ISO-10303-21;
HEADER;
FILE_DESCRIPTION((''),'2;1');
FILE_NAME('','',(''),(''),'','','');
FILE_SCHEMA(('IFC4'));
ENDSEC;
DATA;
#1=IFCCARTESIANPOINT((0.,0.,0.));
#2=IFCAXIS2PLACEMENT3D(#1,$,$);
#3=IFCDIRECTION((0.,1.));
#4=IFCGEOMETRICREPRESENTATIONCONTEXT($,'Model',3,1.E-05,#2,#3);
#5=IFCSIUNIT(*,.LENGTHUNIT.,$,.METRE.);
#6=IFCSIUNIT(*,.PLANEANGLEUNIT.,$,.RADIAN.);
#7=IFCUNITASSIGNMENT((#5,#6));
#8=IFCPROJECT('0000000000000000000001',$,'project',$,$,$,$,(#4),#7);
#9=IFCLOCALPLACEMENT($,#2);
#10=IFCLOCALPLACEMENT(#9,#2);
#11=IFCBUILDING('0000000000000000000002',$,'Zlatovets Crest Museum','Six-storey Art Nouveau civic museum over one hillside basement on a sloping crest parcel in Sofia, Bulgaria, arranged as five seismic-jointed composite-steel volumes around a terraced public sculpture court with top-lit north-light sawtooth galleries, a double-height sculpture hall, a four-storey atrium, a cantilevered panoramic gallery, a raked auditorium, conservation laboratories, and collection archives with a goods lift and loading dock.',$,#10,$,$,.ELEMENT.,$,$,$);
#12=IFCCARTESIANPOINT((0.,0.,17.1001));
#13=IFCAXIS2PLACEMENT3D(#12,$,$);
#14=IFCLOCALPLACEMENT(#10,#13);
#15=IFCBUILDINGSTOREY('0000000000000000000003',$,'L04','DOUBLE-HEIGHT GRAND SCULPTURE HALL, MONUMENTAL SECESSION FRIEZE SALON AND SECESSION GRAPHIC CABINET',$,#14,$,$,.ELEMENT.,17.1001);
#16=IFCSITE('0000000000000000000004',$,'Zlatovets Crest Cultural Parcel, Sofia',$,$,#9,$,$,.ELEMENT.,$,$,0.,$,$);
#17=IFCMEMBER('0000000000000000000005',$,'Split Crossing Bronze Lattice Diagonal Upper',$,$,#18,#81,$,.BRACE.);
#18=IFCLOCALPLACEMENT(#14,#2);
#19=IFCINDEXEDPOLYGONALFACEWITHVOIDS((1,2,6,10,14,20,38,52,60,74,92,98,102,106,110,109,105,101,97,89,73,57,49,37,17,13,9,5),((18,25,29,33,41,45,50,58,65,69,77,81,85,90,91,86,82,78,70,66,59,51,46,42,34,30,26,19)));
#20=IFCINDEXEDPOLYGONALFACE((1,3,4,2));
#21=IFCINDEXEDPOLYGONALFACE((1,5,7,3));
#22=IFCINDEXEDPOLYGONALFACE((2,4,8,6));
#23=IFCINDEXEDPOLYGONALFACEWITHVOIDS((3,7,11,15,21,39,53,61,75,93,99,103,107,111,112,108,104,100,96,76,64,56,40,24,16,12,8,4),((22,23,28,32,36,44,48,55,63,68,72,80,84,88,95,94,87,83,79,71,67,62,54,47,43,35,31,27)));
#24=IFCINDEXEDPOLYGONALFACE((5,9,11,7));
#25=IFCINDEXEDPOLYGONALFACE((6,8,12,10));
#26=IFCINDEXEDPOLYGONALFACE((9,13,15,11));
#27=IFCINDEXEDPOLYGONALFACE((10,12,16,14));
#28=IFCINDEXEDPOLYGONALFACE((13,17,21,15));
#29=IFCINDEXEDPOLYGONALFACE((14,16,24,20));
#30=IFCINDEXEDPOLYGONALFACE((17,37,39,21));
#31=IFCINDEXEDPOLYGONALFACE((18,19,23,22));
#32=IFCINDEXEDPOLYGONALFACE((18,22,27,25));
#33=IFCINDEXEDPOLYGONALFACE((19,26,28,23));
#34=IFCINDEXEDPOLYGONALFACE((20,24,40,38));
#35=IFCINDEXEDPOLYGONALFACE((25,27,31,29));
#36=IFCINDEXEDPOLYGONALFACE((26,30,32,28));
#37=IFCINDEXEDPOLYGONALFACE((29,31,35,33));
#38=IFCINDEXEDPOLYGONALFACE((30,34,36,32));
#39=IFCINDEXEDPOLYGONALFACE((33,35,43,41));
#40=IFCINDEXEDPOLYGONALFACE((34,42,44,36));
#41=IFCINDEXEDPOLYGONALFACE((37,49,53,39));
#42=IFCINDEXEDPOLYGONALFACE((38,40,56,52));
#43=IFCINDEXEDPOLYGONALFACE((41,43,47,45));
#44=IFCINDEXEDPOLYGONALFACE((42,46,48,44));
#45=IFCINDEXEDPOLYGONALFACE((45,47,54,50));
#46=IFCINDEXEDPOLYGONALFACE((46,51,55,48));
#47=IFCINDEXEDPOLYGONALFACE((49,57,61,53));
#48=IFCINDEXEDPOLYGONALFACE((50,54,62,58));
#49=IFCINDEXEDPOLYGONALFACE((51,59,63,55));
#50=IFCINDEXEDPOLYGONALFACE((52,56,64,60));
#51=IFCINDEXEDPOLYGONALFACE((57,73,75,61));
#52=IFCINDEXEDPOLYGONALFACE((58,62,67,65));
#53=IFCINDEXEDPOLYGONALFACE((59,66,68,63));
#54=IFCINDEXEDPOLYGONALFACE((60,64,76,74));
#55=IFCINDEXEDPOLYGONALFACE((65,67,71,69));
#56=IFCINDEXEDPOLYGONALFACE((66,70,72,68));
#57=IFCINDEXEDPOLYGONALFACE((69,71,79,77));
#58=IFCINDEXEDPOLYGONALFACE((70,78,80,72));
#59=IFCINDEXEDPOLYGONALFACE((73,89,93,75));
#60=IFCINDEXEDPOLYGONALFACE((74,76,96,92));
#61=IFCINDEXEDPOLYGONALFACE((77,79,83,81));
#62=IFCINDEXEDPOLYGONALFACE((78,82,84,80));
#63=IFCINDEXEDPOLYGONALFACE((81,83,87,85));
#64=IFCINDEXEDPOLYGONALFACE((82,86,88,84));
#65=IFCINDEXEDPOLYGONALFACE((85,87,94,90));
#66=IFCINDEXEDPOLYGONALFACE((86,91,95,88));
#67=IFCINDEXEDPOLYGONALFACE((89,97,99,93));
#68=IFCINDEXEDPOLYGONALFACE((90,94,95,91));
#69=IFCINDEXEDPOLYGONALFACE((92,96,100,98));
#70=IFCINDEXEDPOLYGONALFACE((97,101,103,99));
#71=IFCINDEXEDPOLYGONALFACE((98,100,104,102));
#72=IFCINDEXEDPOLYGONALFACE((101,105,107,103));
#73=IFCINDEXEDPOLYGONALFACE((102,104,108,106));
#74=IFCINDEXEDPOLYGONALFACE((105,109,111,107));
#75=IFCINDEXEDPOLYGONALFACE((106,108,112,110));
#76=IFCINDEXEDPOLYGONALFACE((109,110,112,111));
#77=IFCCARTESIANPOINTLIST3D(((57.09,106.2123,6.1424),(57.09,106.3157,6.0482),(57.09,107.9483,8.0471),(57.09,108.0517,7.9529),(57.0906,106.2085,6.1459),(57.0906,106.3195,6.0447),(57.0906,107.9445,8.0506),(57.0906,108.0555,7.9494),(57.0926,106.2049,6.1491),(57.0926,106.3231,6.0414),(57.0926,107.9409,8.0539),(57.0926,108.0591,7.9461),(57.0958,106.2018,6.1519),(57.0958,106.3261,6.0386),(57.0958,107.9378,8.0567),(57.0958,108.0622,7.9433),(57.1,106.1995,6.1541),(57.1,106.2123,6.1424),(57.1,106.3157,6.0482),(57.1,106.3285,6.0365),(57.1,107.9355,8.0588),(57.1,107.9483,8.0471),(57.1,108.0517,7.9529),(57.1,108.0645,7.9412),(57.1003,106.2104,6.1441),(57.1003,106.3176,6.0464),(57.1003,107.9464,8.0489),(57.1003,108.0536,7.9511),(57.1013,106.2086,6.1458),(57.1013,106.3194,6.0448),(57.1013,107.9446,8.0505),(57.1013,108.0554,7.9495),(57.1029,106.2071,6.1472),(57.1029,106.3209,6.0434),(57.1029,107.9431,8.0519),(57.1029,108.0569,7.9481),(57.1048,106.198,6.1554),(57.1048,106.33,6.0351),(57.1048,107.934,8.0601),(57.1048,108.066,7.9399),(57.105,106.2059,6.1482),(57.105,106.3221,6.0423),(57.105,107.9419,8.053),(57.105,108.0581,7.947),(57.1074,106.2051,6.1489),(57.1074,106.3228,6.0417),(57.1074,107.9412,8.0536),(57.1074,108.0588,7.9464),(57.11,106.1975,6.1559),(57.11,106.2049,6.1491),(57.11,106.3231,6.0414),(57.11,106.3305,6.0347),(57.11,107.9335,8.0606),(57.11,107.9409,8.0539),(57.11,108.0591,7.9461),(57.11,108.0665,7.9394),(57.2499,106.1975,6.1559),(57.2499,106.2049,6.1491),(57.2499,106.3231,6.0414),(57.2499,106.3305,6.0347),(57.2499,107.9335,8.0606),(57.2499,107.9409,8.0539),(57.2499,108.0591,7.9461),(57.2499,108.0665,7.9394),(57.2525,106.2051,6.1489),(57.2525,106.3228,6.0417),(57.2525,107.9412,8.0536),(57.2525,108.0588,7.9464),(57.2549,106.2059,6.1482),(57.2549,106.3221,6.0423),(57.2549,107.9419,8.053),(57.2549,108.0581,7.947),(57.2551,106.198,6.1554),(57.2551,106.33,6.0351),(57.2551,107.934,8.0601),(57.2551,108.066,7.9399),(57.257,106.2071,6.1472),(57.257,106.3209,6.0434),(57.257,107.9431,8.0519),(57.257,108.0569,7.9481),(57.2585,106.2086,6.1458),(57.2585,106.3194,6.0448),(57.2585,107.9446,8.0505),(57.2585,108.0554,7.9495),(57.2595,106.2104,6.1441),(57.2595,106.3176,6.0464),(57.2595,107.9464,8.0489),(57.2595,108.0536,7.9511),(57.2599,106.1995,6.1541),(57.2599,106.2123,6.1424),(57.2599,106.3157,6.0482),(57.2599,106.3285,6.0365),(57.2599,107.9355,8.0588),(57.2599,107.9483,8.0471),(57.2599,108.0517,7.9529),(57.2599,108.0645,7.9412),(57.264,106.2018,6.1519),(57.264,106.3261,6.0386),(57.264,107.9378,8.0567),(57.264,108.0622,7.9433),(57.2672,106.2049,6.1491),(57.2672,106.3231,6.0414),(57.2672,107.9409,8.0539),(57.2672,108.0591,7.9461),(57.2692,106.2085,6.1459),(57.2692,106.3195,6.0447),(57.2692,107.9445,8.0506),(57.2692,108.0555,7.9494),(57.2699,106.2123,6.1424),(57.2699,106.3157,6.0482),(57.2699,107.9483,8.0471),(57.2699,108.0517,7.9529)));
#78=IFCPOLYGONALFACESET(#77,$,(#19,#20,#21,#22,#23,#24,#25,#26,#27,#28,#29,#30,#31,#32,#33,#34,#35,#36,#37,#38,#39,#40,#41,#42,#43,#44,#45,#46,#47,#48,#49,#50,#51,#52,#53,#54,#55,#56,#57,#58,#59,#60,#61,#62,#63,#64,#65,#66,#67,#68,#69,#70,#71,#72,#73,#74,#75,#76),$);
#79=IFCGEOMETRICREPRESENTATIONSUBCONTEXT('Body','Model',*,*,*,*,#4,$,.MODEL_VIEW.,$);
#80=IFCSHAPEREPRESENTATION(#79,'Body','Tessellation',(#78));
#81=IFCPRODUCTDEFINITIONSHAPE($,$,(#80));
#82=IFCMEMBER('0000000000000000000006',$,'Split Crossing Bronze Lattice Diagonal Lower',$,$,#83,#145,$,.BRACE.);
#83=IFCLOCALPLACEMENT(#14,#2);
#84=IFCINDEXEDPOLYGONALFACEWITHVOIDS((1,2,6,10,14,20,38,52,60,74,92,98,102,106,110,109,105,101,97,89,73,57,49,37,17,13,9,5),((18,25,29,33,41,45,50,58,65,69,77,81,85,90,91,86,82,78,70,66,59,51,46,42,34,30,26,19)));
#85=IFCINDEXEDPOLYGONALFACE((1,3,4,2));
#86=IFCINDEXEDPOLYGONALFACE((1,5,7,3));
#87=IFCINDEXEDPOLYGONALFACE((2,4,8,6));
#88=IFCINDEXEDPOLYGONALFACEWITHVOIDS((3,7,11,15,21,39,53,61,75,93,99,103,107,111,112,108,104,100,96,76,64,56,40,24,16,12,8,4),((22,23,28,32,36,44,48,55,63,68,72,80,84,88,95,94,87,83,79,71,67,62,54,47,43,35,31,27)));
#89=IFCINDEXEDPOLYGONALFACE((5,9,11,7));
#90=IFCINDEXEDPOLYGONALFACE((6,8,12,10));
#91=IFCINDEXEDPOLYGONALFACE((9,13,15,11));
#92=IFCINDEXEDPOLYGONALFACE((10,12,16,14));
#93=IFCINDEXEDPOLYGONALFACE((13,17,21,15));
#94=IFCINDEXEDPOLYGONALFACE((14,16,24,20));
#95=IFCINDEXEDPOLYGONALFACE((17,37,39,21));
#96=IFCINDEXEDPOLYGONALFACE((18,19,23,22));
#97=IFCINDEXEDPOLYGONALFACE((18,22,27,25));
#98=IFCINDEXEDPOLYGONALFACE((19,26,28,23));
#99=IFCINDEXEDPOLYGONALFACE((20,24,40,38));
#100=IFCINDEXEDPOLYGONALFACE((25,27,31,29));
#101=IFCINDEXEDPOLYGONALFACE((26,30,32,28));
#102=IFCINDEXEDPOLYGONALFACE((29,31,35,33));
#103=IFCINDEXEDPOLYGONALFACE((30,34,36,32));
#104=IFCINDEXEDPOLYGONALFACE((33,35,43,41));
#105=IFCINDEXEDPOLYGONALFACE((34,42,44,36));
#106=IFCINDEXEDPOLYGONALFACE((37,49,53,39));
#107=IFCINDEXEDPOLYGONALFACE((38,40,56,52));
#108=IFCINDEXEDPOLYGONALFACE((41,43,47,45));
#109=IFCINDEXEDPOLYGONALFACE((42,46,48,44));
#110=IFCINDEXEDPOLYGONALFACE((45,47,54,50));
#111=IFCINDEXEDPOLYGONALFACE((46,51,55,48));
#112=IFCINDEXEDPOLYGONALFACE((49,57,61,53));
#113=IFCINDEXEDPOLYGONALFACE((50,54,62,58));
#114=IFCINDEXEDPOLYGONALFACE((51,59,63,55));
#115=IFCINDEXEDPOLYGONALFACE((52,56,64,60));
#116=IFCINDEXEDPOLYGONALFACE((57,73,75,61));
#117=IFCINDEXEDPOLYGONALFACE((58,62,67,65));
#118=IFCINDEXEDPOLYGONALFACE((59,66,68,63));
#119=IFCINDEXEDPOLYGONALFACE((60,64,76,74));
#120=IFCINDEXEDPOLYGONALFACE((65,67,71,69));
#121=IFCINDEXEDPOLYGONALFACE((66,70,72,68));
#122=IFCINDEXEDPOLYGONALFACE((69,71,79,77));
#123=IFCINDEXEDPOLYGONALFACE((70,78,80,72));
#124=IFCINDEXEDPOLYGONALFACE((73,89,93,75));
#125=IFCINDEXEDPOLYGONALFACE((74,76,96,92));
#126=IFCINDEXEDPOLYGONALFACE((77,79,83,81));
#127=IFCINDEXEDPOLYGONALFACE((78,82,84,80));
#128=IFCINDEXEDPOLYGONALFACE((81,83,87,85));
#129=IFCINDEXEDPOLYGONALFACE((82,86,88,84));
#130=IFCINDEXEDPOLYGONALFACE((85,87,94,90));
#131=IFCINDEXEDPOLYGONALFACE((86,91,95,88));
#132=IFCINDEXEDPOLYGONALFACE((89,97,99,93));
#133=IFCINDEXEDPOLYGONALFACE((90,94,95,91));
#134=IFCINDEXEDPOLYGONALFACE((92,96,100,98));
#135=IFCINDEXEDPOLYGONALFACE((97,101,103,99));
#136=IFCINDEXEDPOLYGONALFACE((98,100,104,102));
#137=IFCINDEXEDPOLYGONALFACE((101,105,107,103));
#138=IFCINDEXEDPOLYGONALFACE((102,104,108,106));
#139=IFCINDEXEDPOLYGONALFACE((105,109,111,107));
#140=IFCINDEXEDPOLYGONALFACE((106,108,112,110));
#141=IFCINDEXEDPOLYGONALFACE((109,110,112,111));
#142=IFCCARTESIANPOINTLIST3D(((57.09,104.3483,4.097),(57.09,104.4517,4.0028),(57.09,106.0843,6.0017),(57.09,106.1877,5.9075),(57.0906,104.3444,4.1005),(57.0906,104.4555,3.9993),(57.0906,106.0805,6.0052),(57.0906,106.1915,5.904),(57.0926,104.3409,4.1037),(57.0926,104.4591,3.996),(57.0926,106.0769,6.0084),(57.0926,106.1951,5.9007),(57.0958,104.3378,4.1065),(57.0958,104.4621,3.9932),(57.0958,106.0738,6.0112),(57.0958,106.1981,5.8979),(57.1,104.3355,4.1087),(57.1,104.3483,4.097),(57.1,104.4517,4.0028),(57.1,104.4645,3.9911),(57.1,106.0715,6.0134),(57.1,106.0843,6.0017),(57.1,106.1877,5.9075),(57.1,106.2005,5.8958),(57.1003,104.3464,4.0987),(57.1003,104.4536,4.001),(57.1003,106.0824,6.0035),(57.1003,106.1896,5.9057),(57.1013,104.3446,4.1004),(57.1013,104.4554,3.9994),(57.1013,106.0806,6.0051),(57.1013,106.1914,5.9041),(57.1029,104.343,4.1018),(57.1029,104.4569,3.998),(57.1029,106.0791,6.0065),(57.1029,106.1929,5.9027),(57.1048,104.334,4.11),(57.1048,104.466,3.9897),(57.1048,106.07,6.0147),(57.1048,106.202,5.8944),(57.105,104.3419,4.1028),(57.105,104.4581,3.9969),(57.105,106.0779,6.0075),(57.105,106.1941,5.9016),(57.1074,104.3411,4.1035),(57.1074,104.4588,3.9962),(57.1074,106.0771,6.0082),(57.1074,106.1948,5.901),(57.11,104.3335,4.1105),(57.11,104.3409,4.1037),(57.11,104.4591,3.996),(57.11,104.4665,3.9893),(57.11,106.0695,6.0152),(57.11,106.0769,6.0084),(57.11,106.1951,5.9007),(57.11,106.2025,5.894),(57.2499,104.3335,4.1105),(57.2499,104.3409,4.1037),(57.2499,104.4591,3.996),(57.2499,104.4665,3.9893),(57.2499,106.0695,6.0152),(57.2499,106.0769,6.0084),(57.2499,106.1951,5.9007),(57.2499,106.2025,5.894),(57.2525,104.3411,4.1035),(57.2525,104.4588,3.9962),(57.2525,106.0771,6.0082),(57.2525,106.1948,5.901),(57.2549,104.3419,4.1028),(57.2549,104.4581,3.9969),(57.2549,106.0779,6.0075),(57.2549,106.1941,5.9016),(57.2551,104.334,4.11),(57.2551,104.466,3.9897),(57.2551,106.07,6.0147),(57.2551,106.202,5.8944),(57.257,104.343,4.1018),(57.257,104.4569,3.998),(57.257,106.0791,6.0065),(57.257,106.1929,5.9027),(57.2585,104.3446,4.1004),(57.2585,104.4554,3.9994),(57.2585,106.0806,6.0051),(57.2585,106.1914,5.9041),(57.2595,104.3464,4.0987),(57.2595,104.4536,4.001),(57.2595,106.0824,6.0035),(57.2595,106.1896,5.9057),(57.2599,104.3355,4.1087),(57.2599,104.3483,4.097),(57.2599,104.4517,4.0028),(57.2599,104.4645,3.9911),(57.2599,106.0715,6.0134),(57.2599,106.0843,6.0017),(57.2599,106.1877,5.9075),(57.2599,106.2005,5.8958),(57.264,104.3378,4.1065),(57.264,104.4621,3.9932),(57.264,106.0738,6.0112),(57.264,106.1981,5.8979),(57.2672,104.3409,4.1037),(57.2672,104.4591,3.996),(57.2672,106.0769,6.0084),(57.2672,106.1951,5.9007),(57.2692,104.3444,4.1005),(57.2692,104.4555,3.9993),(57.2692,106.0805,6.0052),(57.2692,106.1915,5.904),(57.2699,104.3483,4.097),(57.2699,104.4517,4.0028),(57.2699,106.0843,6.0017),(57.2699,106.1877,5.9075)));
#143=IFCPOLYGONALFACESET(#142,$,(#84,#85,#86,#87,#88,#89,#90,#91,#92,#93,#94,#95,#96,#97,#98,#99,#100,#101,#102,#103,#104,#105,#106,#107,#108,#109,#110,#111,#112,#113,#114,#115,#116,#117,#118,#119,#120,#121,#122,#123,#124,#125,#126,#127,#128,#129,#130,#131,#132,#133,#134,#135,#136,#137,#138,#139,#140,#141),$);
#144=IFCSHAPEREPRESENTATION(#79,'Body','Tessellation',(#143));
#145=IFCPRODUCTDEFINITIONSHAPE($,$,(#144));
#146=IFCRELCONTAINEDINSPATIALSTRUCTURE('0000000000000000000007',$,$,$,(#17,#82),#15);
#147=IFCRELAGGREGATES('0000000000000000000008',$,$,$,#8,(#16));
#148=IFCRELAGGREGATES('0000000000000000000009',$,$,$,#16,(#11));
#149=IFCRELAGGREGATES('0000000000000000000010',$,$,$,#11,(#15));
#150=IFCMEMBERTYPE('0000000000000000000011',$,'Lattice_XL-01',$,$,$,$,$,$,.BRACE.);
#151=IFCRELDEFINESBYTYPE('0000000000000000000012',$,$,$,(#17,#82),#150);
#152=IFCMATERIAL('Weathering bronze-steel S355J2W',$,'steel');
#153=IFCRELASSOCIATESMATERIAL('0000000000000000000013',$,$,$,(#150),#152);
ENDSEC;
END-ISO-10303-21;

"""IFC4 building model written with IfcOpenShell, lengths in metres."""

from ifc_helpers import new_model, si_unit, direction, frame, origin, origin_2d, place, context, subcontext, project, spatial, hollow_rectangle, extrude, material, material_profile, profile_set, type_object, element, save


model = new_model("IFC4")

# Units and contexts
model_context = context("Model", 3, precision=1e-05, world=origin(), true_north=direction((0.0, 1.0)))
body_context = subcontext(model_context, "Body", "Model", "MODEL_VIEW")
ifc_project = project(units=[si_unit("LENGTHUNIT", "METRE"), si_unit("PLANEANGLEUNIT", "RADIAN")], contexts=[model_context])

# Site, building, storey
site_placement = place(None, origin())
site = spatial("IfcSite", under=ifc_project, at=site_placement, Name="Zlatovets Crest Cultural Parcel, Sofia", CompositionType="ELEMENT", RefElevation=0.0)
building_placement = place(site_placement, origin())
building = spatial("IfcBuilding", under=site, at=building_placement, Name="Zlatovets Crest Museum", Description="Six-storey Art Nouveau civic museum over one hillside basement on a sloping crest parcel in Sofia, Bulgaria, arranged as five seismic-jointed composite-steel volumes around a terraced public sculpture court with top-lit north-light sawtooth galleries, a double-height sculpture hall, a four-storey atrium, a cantilevered panoramic gallery, a raked auditorium, conservation laboratories, and collection archives with a goods lift and loading dock.", CompositionType="ELEMENT")
storey_placement = place(building_placement, frame((0.0, 0.0, 17.1001)))
storey = spatial("IfcBuildingStorey", under=building, at=storey_placement, Name="L04", Description="DOUBLE-HEIGHT GRAND SCULPTURE HALL, MONUMENTAL SECESSION FRIEZE SALON AND SECESSION GRAPHIC CABINET", CompositionType="ELEMENT", Elevation=17.1001)

# Members
ifc_material_1 = material(Name="Weathering bronze-steel S355J2W", Category="steel")
ifc_material_profile_1 = material_profile(ifc_material_1, hollow_rectangle(XDim=0.1799, YDim=0.1799, WallThickness=0.01, InnerFilletRadius=0.01, OuterFilletRadius=0.02, at=origin_2d()), Name="SHS 180x180x10.0")
ifc_profile_set_1 = profile_set([ifc_material_profile_1], Name="Weathering bronze-steel S355J2W")
member_type_1 = type_object("IfcMemberType", Name="Lattice_XL-01", PredefinedType="BRACE", material=ifc_profile_set_1)
for number, where, z_axis, x_axis, name in (
    (1, (57.1799, 108.0, 8.0), (0.0, -0.67362, -0.739078), (1.0, 0.0, 0.0), "Split Crossing Bronze Lattice Diagonal Upper"),
    (2, (57.1799, 106.136, 5.9546), (0.0, -0.67362, -0.739078), (1.0, 0.0, 0.0), "Split Crossing Bronze Lattice Diagonal Lower"),
):
    element("IfcMember", number, at=place(storey_placement, frame(where, z_axis=z_axis, x_axis=x_axis)), inside=storey, type_object=member_type_1, Name=name, PredefinedType="BRACE", context=body_context, shape_type="SweptSolid", body=[
        extrude(hollow_rectangle(XDim=0.1799, YDim=0.1799, WallThickness=0.01, InnerFilletRadius=0.01, OuterFilletRadius=0.02, at=origin_2d()), origin(), (0.0, 0.0, 1.0), 2.5771),
    ])

save(model, "model.ifc")
